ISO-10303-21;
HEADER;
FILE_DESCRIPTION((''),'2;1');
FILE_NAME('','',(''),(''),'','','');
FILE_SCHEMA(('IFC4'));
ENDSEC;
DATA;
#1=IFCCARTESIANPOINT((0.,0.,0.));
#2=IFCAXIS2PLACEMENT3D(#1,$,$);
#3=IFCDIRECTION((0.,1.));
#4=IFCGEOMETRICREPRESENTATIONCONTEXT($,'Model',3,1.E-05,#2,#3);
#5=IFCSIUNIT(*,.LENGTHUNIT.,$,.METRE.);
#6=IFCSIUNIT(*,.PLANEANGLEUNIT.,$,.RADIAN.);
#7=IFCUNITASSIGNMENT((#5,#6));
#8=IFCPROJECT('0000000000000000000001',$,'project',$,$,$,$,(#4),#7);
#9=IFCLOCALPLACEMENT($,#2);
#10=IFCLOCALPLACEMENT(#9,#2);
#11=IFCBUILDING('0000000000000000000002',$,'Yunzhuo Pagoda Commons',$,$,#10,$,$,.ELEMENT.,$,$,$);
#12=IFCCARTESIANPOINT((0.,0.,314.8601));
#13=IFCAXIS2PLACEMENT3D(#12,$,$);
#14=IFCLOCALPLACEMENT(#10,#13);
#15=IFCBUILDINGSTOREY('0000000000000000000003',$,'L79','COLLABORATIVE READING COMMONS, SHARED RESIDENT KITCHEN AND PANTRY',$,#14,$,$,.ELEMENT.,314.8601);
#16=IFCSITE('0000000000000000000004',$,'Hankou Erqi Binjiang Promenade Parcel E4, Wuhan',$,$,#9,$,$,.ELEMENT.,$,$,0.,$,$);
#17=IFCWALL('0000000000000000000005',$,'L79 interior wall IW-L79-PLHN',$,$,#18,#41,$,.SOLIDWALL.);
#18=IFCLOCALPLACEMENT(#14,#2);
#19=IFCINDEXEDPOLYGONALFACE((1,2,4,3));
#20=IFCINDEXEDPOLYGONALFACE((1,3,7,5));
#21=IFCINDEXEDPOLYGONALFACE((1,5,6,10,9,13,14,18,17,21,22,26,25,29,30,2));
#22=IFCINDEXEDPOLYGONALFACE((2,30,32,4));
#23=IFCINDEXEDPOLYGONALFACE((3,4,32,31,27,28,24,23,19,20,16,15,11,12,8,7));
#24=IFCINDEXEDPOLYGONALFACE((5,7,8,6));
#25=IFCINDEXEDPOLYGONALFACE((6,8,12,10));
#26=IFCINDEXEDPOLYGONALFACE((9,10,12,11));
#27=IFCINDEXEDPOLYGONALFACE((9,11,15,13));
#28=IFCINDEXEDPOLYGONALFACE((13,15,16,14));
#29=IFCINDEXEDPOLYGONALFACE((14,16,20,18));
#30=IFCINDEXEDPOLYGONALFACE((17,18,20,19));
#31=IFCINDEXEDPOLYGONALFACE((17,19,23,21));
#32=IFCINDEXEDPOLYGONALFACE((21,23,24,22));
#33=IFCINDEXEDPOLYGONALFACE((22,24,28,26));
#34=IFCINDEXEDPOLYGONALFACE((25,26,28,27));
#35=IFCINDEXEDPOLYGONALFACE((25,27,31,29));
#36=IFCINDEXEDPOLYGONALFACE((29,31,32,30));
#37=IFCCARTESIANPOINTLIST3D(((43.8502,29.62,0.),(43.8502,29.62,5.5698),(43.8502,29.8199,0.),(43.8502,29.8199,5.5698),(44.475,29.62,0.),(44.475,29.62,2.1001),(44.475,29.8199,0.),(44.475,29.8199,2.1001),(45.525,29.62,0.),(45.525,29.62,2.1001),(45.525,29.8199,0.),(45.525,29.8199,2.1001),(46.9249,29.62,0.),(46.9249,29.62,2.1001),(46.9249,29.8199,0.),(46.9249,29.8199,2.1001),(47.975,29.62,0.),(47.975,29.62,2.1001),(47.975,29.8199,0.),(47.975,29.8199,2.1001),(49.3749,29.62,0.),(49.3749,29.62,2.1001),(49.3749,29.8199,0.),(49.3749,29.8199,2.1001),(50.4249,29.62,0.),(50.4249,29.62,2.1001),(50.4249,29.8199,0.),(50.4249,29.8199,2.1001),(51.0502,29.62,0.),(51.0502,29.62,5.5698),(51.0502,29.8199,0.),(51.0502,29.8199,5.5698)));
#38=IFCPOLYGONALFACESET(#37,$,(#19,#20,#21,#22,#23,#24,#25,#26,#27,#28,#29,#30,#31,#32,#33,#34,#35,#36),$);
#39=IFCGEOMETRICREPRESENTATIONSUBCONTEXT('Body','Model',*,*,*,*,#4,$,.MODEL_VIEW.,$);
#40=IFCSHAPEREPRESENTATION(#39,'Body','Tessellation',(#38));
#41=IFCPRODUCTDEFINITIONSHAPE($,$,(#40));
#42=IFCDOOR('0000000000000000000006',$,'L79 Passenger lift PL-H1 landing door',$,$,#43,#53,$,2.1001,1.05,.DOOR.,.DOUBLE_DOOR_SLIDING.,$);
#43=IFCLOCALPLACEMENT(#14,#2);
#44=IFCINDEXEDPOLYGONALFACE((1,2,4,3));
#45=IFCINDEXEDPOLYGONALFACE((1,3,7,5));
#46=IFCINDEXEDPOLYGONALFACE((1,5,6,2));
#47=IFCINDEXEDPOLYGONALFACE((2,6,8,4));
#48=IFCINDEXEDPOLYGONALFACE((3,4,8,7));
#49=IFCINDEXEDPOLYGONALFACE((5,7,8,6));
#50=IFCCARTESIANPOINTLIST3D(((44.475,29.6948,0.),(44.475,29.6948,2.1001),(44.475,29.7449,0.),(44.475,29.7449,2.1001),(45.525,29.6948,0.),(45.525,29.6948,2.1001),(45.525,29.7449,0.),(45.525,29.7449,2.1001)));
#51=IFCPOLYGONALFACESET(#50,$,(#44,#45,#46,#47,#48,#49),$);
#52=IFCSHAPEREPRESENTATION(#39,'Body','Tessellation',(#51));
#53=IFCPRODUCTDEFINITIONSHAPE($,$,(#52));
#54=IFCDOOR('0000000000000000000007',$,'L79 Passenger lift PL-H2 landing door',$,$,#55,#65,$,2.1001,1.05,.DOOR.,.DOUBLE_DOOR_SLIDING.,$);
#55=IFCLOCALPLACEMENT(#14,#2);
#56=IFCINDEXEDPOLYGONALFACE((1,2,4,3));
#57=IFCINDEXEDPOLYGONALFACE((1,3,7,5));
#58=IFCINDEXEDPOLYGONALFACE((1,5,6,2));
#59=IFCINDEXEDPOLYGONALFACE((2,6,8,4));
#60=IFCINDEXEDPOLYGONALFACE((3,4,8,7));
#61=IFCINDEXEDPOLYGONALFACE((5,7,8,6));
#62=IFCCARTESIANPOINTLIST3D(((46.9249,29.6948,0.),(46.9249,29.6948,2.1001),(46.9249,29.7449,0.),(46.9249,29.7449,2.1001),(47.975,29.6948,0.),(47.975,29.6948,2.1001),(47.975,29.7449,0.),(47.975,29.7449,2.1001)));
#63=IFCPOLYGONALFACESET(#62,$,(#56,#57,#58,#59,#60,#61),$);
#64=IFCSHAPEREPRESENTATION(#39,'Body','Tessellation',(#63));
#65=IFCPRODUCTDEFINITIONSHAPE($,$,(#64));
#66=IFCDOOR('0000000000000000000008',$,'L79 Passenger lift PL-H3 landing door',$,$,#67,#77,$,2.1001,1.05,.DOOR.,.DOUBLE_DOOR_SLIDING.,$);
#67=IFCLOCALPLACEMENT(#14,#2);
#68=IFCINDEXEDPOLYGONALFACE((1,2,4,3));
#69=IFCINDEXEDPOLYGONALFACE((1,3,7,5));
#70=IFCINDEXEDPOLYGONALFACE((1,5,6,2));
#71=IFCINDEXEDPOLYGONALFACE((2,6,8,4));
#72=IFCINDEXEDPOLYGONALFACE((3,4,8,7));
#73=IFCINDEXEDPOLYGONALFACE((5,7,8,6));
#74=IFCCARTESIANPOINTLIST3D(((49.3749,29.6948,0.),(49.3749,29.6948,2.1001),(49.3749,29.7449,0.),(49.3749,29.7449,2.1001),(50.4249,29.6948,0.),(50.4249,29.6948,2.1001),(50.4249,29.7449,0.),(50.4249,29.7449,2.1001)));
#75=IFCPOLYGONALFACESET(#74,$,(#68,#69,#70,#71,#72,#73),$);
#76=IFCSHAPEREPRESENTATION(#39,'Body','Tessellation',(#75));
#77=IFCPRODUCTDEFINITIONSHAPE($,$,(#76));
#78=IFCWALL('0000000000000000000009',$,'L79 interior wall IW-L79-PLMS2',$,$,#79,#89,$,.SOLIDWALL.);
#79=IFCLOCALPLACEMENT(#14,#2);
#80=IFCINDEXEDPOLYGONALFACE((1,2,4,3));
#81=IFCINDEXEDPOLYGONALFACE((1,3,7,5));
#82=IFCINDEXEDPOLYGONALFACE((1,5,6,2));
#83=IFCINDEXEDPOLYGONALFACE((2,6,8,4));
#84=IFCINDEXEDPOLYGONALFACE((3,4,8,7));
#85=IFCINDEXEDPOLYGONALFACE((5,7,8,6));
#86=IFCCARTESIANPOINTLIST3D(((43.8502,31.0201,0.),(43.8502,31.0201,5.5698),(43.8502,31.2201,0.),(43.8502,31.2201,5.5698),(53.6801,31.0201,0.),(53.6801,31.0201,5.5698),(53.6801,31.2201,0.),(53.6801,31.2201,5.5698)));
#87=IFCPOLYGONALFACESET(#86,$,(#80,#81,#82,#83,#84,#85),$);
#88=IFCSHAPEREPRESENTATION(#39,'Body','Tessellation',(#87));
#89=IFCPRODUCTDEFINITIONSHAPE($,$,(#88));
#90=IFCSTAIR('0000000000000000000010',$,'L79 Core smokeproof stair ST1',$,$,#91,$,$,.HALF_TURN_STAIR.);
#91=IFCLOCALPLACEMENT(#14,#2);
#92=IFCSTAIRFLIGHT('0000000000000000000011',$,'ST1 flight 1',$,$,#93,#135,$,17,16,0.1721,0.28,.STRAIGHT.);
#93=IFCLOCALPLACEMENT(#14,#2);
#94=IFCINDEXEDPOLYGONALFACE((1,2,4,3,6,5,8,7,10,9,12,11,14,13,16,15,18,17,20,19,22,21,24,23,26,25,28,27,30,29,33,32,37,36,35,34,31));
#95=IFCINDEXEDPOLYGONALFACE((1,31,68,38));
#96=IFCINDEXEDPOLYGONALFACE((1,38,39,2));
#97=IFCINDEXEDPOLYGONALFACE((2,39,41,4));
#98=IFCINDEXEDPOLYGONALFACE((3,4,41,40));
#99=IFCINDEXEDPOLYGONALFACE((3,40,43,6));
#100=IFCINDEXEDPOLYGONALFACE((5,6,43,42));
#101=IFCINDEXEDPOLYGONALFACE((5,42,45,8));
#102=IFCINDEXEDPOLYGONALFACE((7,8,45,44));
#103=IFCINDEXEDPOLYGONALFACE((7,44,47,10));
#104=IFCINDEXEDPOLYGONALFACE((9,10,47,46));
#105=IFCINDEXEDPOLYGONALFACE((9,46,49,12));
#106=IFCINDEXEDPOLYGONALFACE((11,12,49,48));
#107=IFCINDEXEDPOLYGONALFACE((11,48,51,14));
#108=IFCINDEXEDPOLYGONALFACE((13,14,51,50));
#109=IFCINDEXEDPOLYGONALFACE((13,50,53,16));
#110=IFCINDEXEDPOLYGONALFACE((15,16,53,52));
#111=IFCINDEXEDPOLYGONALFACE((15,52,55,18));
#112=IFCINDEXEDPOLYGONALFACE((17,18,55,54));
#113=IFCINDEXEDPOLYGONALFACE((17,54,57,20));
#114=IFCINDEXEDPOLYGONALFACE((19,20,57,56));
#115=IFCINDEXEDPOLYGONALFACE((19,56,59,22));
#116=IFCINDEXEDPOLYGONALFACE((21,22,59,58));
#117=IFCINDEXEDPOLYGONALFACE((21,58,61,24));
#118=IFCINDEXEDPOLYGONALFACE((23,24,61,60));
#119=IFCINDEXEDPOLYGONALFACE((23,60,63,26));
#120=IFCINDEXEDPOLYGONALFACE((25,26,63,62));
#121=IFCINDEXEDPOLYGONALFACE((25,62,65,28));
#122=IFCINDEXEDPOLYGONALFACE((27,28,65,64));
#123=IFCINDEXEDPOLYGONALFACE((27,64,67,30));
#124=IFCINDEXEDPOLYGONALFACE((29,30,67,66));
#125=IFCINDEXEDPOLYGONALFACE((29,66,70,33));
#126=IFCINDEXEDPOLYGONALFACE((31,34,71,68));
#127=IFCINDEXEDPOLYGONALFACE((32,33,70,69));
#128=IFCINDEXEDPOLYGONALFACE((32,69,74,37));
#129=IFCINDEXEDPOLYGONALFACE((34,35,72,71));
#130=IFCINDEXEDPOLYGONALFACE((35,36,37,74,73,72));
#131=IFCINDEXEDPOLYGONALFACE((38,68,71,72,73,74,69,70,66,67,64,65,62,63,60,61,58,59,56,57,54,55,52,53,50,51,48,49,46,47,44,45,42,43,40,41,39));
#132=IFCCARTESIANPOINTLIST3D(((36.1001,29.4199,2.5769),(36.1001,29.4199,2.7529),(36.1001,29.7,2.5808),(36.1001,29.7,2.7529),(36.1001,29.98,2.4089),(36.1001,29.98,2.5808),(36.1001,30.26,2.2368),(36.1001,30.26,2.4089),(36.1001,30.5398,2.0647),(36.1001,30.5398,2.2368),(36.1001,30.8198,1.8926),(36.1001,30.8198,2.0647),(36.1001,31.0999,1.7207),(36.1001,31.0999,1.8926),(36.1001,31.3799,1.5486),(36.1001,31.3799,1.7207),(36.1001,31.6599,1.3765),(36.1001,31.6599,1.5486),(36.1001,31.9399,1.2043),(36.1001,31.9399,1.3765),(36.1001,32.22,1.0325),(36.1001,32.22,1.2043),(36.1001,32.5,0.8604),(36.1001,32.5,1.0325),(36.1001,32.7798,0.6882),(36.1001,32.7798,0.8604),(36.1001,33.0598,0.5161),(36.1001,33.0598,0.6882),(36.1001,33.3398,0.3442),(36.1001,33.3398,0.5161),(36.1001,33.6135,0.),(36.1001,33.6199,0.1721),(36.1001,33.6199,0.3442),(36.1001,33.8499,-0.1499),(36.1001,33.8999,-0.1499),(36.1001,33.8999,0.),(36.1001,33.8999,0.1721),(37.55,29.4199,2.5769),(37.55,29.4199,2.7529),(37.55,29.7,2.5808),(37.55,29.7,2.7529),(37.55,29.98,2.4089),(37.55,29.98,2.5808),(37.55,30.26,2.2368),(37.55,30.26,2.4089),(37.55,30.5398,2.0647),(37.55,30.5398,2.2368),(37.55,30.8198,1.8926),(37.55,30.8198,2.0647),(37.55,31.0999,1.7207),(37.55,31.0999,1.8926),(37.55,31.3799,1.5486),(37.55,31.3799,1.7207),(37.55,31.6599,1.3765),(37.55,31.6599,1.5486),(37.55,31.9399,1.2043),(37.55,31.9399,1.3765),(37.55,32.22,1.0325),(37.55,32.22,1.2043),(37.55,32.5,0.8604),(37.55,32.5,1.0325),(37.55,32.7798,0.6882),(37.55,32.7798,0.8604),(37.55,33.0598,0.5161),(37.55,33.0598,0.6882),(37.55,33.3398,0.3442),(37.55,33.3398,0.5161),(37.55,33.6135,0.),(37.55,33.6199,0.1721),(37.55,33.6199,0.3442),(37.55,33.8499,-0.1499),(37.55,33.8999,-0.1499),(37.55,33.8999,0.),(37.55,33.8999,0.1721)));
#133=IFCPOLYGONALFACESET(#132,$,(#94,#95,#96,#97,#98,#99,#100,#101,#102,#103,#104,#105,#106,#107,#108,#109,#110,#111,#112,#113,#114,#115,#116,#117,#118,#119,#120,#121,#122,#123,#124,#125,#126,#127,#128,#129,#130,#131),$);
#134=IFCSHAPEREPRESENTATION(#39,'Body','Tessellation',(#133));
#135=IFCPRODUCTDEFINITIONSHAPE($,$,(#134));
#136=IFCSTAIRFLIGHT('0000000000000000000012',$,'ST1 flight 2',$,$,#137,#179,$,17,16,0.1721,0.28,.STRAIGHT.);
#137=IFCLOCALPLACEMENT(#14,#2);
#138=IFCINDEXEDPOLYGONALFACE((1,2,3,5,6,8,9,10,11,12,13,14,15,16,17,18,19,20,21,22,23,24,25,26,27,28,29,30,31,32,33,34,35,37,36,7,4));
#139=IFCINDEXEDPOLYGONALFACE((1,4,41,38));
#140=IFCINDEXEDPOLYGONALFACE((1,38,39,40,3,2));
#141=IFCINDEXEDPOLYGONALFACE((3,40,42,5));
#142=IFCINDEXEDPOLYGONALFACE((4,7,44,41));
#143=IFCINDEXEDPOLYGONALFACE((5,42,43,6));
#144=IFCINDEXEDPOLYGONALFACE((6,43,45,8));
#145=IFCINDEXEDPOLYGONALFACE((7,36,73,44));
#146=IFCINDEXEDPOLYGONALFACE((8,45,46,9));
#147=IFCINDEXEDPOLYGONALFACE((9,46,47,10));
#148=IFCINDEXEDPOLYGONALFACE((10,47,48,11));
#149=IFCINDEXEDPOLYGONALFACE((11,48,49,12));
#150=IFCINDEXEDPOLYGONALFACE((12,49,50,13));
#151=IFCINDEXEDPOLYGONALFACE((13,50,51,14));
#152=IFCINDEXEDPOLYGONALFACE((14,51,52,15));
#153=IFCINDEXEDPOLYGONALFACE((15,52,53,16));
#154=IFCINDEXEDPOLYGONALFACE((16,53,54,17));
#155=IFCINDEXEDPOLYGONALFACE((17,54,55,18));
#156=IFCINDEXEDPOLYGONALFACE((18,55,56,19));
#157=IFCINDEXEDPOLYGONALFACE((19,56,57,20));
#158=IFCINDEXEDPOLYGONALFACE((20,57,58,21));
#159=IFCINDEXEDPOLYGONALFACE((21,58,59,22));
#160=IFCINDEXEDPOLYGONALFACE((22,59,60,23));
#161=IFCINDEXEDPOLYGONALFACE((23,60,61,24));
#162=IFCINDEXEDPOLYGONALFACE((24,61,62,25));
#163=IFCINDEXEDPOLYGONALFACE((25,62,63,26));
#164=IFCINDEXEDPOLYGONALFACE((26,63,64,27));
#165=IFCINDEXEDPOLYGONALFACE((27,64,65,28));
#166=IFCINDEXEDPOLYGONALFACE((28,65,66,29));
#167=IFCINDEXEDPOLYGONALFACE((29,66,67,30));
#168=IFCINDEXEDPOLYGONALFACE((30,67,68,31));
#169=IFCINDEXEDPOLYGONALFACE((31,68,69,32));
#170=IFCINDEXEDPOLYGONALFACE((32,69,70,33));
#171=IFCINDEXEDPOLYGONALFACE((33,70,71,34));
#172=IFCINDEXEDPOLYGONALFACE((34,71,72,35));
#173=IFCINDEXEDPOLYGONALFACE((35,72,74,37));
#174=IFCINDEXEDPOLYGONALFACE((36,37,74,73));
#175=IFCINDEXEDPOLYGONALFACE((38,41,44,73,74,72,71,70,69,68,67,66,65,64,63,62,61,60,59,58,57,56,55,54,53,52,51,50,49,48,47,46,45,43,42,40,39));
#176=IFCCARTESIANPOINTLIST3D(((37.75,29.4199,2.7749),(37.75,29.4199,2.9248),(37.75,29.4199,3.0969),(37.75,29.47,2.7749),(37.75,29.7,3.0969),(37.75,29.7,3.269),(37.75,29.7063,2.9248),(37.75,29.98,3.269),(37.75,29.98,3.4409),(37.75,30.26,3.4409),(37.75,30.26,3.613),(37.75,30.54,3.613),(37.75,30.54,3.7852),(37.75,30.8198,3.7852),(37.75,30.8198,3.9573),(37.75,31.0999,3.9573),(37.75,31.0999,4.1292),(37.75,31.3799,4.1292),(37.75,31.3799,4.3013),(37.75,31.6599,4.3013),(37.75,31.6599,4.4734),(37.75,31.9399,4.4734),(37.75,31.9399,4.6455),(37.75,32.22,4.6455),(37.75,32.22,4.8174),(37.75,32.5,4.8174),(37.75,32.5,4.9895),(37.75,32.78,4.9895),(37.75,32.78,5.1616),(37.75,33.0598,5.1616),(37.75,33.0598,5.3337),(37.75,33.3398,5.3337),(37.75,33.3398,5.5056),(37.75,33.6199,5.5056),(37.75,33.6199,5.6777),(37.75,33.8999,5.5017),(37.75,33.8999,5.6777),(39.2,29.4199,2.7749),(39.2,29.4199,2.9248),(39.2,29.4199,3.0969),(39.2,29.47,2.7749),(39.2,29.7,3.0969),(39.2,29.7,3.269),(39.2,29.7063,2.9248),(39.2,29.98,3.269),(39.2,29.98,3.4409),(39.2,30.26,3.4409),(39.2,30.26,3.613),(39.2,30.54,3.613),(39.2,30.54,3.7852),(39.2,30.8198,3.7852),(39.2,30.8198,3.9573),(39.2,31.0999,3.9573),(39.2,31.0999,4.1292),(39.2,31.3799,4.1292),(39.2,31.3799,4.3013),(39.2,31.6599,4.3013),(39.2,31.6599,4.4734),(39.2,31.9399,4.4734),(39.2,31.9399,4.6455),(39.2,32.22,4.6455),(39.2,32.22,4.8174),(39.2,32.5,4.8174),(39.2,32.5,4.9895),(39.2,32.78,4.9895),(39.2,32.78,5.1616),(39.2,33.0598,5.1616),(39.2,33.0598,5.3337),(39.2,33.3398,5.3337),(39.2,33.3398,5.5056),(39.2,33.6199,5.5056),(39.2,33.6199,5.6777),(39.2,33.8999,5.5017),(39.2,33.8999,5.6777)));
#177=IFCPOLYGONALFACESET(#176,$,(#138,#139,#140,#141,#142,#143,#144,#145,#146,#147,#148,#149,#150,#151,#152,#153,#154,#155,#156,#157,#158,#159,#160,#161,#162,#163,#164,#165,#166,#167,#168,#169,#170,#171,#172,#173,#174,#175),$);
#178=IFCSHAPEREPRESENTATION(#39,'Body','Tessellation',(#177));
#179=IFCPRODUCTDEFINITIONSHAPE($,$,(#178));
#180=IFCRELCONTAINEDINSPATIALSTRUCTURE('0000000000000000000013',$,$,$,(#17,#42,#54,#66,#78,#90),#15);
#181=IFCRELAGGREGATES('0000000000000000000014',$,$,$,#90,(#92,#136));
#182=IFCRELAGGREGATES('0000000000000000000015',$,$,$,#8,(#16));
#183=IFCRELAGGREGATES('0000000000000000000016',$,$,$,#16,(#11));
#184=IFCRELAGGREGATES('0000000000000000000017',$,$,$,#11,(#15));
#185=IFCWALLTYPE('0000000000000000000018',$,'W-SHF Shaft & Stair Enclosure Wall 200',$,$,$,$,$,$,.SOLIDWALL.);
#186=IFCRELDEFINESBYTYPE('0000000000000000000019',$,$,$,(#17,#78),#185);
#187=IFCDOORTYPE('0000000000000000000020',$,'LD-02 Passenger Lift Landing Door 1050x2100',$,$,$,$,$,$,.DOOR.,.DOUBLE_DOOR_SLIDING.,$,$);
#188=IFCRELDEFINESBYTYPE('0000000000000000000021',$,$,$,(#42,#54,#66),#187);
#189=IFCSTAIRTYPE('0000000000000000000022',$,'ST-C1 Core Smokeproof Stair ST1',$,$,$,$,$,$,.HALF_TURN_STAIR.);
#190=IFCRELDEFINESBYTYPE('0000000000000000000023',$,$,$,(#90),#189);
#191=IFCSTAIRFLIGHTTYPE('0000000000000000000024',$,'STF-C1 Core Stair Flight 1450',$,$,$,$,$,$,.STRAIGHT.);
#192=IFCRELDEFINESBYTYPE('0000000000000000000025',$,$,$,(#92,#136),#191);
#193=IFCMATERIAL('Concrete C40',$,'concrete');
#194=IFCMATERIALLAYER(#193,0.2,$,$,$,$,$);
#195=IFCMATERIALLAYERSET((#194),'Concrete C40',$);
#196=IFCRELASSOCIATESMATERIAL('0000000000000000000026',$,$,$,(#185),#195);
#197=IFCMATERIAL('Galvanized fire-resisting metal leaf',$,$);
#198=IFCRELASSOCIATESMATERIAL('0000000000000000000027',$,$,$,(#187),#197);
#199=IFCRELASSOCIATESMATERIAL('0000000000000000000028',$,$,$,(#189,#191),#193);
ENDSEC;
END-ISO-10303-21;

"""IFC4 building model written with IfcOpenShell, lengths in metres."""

from ifc_helpers import new_model, si_unit, direction, frame, frame_2d, origin, origin_with_axes, place, context, subcontext, project, spatial, polyline, rectangle, outline, extrude, source, transform, mapped, material, layer, layer_set, type_object, element, fill, aggregate, save


model = new_model("IFC4")

# Units and contexts
model_context = context("Model", 3, precision=1e-05, world=origin(), true_north=direction((0.0, 1.0)))
body_context = subcontext(model_context, "Body", "Model", "MODEL_VIEW")
ifc_project = project(units=[si_unit("LENGTHUNIT", "METRE"), si_unit("PLANEANGLEUNIT", "RADIAN")], contexts=[model_context])

# Site, building, storey
site_placement = place(None, origin())
site = spatial("IfcSite", under=ifc_project, at=site_placement, Name="Hankou Erqi Binjiang Promenade Parcel E4, Wuhan", CompositionType="ELEMENT", RefElevation=0.0)
building_placement = place(site_placement, origin())
building = spatial("IfcBuilding", under=site, at=building_placement, Name="Yunzhuo Pagoda Commons", CompositionType="ELEMENT")
storey_placement = place(building_placement, frame((0.0, 0.0, 314.8601)))
storey = spatial("IfcBuildingStorey", under=building, at=storey_placement, Name="L79", Description="COLLABORATIVE READING COMMONS, SHARED RESIDENT KITCHEN AND PANTRY", CompositionType="ELEMENT", Elevation=314.8601)

# Shared definitions
ifc_material_1 = material(Name="Galvanized fire-resisting metal leaf")
shared_shape_1 = source(origin(), body_context, "Body", "SweptSolid", [
    extrude(rectangle(XDim=1.05, YDim=2.1001, at=frame_2d((0.5249, 1.05))), frame((0.0, 0.0249, 0.0), z_axis=(0.0, -1.0, 0.0), x_axis=(1.0, 0.0, 0.0)), (0.0, 0.0, 1.0), 0.05),
])

# Shared definitions
ifc_material_2 = material(Name="Concrete C40", Category="concrete")
ifc_layer_1 = layer(ifc_material_2, 0.2)
ifc_layer_set_1 = layer_set([ifc_layer_1], Name="Concrete C40")
wall_type_1 = type_object("IfcWallType", Name="W-SHF Shaft & Stair Enclosure Wall 200", PredefinedType="SOLIDWALL", material=ifc_layer_set_1)
door_type_1 = type_object("IfcDoorType", Name="LD-02 Passenger Lift Landing Door 1050x2100", OperationType="DOUBLE_DOOR_SLIDING", PredefinedType="DOOR", material=ifc_material_1)

# Wall, openings, doors
wall_1_placement = place(storey_placement, frame((43.8501, 29.72, 0.0), z_axis=(0.0, 0.0, 1.0), x_axis=(1.0, 0.0, 0.0)))
wall_1 = element("IfcWall", 1, at=wall_1_placement, inside=storey, type_object=wall_type_1, Name="L79 interior wall IW-L79-PLHN", PredefinedType="SOLIDWALL", context=body_context, shape_type="SweptSolid", body=[
    extrude(rectangle(XDim=7.2, YDim=0.2, at=frame_2d((3.6001, 0.0))), origin(), (0.0, 0.0, 1.0), 5.5698),
])
opening_1_placement = place(wall_1_placement, frame((0.625, 0.0, 0.0)))
opening_1 = element("IfcOpeningElement", 2, at=opening_1_placement, cuts=wall_1, PredefinedType="OPENING", context=body_context, shape_type="SweptSolid", body=[
    extrude(rectangle(XDim=1.05, YDim=2.1001, at=frame_2d((0.5249, 1.05))), frame((0.0, 0.1099, 0.0), z_axis=(0.0, -1.0, 0.0), x_axis=(1.0, 0.0, 0.0)), (0.0, 0.0, 1.0), 0.22),
])
opening_2_placement = place(wall_1_placement, frame((3.075, 0.0, 0.0)))
opening_2 = element("IfcOpeningElement", 3, at=opening_2_placement, cuts=wall_1, PredefinedType="OPENING", context=body_context, shape_type="SweptSolid", body=[
    extrude(rectangle(XDim=1.05, YDim=2.1001, at=frame_2d((0.5249, 1.05))), frame((0.0, 0.1099, 0.0), z_axis=(0.0, -1.0, 0.0), x_axis=(1.0, 0.0, 0.0)), (0.0, 0.0, 1.0), 0.22),
])
opening_3_placement = place(wall_1_placement, frame((5.5249, 0.0, 0.0)))
opening_3 = element("IfcOpeningElement", 4, at=opening_3_placement, cuts=wall_1, PredefinedType="OPENING", context=body_context, shape_type="SweptSolid", body=[
    extrude(rectangle(XDim=1.05, YDim=2.1001, at=frame_2d((0.5249, 1.05))), frame((0.0, 0.1099, 0.0), z_axis=(0.0, -1.0, 0.0), x_axis=(1.0, 0.0, 0.0)), (0.0, 0.0, 1.0), 0.22),
])
door_1_placement = place(opening_1_placement, origin_with_axes())
door_1 = element("IfcDoor", 5, at=door_1_placement, inside=storey, type_object=door_type_1, Name="L79 Passenger lift PL-H1 landing door", OperationType="DOUBLE_DOOR_SLIDING", OverallHeight=2.1001, OverallWidth=1.05, PredefinedType="DOOR", context=body_context, shape_type="MappedRepresentation", body=[
    mapped(shared_shape_1, transform((0.0, 0.0, 0.0), scale=1.0)),
])
fill(opening_1, door_1)
door_2_placement = place(opening_2_placement, origin_with_axes())
door_2 = element("IfcDoor", 6, at=door_2_placement, inside=storey, type_object=door_type_1, Name="L79 Passenger lift PL-H2 landing door", OperationType="DOUBLE_DOOR_SLIDING", OverallHeight=2.1001, OverallWidth=1.05, PredefinedType="DOOR", context=body_context, shape_type="MappedRepresentation", body=[
    mapped(shared_shape_1, transform((0.0, 0.0, 0.0), scale=1.0)),
])
fill(opening_2, door_2)
door_3_placement = place(opening_3_placement, origin_with_axes())
door_3 = element("IfcDoor", 7, at=door_3_placement, inside=storey, type_object=door_type_1, Name="L79 Passenger lift PL-H3 landing door", OperationType="DOUBLE_DOOR_SLIDING", OverallHeight=2.1001, OverallWidth=1.05, PredefinedType="DOOR", context=body_context, shape_type="MappedRepresentation", body=[
    mapped(shared_shape_1, transform((0.0, 0.0, 0.0), scale=1.0)),
])
fill(opening_3, door_3)

# Wall
wall_2_placement = place(storey_placement, frame((43.8501, 31.1201, 0.0), z_axis=(0.0, 0.0, 1.0), x_axis=(1.0, 0.0, 0.0)))
element("IfcWall", 8, at=wall_2_placement, inside=storey, type_object=wall_type_1, Name="L79 interior wall IW-L79-PLMS2", PredefinedType="SOLIDWALL", context=body_context, shape_type="SweptSolid", body=[
    extrude(rectangle(XDim=9.8298, YDim=0.2, at=frame_2d((4.915, 0.0))), origin(), (0.0, 0.0, 1.0), 5.5698),
])

# Stair, stair flights
stair_type = type_object("IfcStairType", Name="ST-C1 Core Smokeproof Stair ST1", PredefinedType="HALF_TURN_STAIR", material=ifc_material_2)
stair_placement = place(storey_placement, origin())
stair = element("IfcStair", 9, at=stair_placement, inside=storey, type_object=stair_type, Name="L79 Core smokeproof stair ST1", PredefinedType="HALF_TURN_STAIR")
stair_flight_type = type_object("IfcStairFlightType", Name="STF-C1 Core Stair Flight 1450", PredefinedType="STRAIGHT", material=ifc_material_2)
shared_shape_2 = source(origin(), body_context, "Body", "SweptSolid", [
    extrude(outline(polyline([(0.0, -0.1499), (0.0, 0.0), (0.0, 0.1721), (0.28, 0.1721), (0.28, 0.3442), (0.5601, 0.3442), (0.5601, 0.5161), (0.8401, 0.5161), (0.8401, 0.6882), (1.1201, 0.6882), (1.1201, 0.8604), (1.3999, 0.8604), (1.3999, 1.0325), (1.6799, 1.0325), (1.6799, 1.2043), (1.96, 1.2043), (1.96, 1.3765), (2.24, 1.3765), (2.24, 1.5486), (2.52, 1.5486), (2.52, 1.7207), (2.8, 1.7207), (2.8, 1.8926), (3.0801, 1.8926), (3.0801, 2.0647), (3.3601, 2.0647), (3.3601, 2.2368), (3.6399, 2.2368), (3.6399, 2.4089), (3.9199, 2.4089), (3.9199, 2.5808), (4.2, 2.5808), (4.2, 2.7529), (4.48, 2.7529), (4.48, 2.925), (4.48, 2.5769), (0.2864, 0.0), (0.05, -0.1499), (0.0, -0.1499)])), frame((0.0, 0.7251, 0.0), z_axis=(0.0, -1.0, 0.0), x_axis=(1.0, 0.0, 0.0)), (0.0, 0.0, 1.0), 1.45),
])
stair_flight_1_placement = place(storey_placement, frame((36.825, 33.8999, 0.0), z_axis=(0.0, 0.0, 1.0), x_axis=(0.0, -1.0, 0.0)))
stair_flight_1 = element("IfcStairFlight", 10, at=stair_flight_1_placement, type_object=stair_flight_type, Name="ST1 flight 1", NumberOfRisers=17, NumberOfTreads=16, PredefinedType="STRAIGHT", RiserHeight=0.1721, TreadLength=0.28, context=body_context, shape_type="MappedRepresentation", body=[
    mapped(shared_shape_2, transform((0.0, 0.0, 0.0), scale=1.0)),
])
stair_flight_2_placement = place(storey_placement, frame((38.4751, 29.4199, 2.9248), z_axis=(0.0, 0.0, 1.0), x_axis=(0.0, 1.0, 0.0)))
stair_flight_2 = element("IfcStairFlight", 11, at=stair_flight_2_placement, type_object=stair_flight_type, Name="ST1 flight 2", NumberOfRisers=17, NumberOfTreads=16, PredefinedType="STRAIGHT", RiserHeight=0.1721, TreadLength=0.28, context=body_context, shape_type="MappedRepresentation", body=[
    mapped(shared_shape_2, transform((0.0, 0.0, 0.0), scale=1.0)),
])
aggregate(stair, [stair_flight_1, stair_flight_2])

save(model, "model.ifc")
